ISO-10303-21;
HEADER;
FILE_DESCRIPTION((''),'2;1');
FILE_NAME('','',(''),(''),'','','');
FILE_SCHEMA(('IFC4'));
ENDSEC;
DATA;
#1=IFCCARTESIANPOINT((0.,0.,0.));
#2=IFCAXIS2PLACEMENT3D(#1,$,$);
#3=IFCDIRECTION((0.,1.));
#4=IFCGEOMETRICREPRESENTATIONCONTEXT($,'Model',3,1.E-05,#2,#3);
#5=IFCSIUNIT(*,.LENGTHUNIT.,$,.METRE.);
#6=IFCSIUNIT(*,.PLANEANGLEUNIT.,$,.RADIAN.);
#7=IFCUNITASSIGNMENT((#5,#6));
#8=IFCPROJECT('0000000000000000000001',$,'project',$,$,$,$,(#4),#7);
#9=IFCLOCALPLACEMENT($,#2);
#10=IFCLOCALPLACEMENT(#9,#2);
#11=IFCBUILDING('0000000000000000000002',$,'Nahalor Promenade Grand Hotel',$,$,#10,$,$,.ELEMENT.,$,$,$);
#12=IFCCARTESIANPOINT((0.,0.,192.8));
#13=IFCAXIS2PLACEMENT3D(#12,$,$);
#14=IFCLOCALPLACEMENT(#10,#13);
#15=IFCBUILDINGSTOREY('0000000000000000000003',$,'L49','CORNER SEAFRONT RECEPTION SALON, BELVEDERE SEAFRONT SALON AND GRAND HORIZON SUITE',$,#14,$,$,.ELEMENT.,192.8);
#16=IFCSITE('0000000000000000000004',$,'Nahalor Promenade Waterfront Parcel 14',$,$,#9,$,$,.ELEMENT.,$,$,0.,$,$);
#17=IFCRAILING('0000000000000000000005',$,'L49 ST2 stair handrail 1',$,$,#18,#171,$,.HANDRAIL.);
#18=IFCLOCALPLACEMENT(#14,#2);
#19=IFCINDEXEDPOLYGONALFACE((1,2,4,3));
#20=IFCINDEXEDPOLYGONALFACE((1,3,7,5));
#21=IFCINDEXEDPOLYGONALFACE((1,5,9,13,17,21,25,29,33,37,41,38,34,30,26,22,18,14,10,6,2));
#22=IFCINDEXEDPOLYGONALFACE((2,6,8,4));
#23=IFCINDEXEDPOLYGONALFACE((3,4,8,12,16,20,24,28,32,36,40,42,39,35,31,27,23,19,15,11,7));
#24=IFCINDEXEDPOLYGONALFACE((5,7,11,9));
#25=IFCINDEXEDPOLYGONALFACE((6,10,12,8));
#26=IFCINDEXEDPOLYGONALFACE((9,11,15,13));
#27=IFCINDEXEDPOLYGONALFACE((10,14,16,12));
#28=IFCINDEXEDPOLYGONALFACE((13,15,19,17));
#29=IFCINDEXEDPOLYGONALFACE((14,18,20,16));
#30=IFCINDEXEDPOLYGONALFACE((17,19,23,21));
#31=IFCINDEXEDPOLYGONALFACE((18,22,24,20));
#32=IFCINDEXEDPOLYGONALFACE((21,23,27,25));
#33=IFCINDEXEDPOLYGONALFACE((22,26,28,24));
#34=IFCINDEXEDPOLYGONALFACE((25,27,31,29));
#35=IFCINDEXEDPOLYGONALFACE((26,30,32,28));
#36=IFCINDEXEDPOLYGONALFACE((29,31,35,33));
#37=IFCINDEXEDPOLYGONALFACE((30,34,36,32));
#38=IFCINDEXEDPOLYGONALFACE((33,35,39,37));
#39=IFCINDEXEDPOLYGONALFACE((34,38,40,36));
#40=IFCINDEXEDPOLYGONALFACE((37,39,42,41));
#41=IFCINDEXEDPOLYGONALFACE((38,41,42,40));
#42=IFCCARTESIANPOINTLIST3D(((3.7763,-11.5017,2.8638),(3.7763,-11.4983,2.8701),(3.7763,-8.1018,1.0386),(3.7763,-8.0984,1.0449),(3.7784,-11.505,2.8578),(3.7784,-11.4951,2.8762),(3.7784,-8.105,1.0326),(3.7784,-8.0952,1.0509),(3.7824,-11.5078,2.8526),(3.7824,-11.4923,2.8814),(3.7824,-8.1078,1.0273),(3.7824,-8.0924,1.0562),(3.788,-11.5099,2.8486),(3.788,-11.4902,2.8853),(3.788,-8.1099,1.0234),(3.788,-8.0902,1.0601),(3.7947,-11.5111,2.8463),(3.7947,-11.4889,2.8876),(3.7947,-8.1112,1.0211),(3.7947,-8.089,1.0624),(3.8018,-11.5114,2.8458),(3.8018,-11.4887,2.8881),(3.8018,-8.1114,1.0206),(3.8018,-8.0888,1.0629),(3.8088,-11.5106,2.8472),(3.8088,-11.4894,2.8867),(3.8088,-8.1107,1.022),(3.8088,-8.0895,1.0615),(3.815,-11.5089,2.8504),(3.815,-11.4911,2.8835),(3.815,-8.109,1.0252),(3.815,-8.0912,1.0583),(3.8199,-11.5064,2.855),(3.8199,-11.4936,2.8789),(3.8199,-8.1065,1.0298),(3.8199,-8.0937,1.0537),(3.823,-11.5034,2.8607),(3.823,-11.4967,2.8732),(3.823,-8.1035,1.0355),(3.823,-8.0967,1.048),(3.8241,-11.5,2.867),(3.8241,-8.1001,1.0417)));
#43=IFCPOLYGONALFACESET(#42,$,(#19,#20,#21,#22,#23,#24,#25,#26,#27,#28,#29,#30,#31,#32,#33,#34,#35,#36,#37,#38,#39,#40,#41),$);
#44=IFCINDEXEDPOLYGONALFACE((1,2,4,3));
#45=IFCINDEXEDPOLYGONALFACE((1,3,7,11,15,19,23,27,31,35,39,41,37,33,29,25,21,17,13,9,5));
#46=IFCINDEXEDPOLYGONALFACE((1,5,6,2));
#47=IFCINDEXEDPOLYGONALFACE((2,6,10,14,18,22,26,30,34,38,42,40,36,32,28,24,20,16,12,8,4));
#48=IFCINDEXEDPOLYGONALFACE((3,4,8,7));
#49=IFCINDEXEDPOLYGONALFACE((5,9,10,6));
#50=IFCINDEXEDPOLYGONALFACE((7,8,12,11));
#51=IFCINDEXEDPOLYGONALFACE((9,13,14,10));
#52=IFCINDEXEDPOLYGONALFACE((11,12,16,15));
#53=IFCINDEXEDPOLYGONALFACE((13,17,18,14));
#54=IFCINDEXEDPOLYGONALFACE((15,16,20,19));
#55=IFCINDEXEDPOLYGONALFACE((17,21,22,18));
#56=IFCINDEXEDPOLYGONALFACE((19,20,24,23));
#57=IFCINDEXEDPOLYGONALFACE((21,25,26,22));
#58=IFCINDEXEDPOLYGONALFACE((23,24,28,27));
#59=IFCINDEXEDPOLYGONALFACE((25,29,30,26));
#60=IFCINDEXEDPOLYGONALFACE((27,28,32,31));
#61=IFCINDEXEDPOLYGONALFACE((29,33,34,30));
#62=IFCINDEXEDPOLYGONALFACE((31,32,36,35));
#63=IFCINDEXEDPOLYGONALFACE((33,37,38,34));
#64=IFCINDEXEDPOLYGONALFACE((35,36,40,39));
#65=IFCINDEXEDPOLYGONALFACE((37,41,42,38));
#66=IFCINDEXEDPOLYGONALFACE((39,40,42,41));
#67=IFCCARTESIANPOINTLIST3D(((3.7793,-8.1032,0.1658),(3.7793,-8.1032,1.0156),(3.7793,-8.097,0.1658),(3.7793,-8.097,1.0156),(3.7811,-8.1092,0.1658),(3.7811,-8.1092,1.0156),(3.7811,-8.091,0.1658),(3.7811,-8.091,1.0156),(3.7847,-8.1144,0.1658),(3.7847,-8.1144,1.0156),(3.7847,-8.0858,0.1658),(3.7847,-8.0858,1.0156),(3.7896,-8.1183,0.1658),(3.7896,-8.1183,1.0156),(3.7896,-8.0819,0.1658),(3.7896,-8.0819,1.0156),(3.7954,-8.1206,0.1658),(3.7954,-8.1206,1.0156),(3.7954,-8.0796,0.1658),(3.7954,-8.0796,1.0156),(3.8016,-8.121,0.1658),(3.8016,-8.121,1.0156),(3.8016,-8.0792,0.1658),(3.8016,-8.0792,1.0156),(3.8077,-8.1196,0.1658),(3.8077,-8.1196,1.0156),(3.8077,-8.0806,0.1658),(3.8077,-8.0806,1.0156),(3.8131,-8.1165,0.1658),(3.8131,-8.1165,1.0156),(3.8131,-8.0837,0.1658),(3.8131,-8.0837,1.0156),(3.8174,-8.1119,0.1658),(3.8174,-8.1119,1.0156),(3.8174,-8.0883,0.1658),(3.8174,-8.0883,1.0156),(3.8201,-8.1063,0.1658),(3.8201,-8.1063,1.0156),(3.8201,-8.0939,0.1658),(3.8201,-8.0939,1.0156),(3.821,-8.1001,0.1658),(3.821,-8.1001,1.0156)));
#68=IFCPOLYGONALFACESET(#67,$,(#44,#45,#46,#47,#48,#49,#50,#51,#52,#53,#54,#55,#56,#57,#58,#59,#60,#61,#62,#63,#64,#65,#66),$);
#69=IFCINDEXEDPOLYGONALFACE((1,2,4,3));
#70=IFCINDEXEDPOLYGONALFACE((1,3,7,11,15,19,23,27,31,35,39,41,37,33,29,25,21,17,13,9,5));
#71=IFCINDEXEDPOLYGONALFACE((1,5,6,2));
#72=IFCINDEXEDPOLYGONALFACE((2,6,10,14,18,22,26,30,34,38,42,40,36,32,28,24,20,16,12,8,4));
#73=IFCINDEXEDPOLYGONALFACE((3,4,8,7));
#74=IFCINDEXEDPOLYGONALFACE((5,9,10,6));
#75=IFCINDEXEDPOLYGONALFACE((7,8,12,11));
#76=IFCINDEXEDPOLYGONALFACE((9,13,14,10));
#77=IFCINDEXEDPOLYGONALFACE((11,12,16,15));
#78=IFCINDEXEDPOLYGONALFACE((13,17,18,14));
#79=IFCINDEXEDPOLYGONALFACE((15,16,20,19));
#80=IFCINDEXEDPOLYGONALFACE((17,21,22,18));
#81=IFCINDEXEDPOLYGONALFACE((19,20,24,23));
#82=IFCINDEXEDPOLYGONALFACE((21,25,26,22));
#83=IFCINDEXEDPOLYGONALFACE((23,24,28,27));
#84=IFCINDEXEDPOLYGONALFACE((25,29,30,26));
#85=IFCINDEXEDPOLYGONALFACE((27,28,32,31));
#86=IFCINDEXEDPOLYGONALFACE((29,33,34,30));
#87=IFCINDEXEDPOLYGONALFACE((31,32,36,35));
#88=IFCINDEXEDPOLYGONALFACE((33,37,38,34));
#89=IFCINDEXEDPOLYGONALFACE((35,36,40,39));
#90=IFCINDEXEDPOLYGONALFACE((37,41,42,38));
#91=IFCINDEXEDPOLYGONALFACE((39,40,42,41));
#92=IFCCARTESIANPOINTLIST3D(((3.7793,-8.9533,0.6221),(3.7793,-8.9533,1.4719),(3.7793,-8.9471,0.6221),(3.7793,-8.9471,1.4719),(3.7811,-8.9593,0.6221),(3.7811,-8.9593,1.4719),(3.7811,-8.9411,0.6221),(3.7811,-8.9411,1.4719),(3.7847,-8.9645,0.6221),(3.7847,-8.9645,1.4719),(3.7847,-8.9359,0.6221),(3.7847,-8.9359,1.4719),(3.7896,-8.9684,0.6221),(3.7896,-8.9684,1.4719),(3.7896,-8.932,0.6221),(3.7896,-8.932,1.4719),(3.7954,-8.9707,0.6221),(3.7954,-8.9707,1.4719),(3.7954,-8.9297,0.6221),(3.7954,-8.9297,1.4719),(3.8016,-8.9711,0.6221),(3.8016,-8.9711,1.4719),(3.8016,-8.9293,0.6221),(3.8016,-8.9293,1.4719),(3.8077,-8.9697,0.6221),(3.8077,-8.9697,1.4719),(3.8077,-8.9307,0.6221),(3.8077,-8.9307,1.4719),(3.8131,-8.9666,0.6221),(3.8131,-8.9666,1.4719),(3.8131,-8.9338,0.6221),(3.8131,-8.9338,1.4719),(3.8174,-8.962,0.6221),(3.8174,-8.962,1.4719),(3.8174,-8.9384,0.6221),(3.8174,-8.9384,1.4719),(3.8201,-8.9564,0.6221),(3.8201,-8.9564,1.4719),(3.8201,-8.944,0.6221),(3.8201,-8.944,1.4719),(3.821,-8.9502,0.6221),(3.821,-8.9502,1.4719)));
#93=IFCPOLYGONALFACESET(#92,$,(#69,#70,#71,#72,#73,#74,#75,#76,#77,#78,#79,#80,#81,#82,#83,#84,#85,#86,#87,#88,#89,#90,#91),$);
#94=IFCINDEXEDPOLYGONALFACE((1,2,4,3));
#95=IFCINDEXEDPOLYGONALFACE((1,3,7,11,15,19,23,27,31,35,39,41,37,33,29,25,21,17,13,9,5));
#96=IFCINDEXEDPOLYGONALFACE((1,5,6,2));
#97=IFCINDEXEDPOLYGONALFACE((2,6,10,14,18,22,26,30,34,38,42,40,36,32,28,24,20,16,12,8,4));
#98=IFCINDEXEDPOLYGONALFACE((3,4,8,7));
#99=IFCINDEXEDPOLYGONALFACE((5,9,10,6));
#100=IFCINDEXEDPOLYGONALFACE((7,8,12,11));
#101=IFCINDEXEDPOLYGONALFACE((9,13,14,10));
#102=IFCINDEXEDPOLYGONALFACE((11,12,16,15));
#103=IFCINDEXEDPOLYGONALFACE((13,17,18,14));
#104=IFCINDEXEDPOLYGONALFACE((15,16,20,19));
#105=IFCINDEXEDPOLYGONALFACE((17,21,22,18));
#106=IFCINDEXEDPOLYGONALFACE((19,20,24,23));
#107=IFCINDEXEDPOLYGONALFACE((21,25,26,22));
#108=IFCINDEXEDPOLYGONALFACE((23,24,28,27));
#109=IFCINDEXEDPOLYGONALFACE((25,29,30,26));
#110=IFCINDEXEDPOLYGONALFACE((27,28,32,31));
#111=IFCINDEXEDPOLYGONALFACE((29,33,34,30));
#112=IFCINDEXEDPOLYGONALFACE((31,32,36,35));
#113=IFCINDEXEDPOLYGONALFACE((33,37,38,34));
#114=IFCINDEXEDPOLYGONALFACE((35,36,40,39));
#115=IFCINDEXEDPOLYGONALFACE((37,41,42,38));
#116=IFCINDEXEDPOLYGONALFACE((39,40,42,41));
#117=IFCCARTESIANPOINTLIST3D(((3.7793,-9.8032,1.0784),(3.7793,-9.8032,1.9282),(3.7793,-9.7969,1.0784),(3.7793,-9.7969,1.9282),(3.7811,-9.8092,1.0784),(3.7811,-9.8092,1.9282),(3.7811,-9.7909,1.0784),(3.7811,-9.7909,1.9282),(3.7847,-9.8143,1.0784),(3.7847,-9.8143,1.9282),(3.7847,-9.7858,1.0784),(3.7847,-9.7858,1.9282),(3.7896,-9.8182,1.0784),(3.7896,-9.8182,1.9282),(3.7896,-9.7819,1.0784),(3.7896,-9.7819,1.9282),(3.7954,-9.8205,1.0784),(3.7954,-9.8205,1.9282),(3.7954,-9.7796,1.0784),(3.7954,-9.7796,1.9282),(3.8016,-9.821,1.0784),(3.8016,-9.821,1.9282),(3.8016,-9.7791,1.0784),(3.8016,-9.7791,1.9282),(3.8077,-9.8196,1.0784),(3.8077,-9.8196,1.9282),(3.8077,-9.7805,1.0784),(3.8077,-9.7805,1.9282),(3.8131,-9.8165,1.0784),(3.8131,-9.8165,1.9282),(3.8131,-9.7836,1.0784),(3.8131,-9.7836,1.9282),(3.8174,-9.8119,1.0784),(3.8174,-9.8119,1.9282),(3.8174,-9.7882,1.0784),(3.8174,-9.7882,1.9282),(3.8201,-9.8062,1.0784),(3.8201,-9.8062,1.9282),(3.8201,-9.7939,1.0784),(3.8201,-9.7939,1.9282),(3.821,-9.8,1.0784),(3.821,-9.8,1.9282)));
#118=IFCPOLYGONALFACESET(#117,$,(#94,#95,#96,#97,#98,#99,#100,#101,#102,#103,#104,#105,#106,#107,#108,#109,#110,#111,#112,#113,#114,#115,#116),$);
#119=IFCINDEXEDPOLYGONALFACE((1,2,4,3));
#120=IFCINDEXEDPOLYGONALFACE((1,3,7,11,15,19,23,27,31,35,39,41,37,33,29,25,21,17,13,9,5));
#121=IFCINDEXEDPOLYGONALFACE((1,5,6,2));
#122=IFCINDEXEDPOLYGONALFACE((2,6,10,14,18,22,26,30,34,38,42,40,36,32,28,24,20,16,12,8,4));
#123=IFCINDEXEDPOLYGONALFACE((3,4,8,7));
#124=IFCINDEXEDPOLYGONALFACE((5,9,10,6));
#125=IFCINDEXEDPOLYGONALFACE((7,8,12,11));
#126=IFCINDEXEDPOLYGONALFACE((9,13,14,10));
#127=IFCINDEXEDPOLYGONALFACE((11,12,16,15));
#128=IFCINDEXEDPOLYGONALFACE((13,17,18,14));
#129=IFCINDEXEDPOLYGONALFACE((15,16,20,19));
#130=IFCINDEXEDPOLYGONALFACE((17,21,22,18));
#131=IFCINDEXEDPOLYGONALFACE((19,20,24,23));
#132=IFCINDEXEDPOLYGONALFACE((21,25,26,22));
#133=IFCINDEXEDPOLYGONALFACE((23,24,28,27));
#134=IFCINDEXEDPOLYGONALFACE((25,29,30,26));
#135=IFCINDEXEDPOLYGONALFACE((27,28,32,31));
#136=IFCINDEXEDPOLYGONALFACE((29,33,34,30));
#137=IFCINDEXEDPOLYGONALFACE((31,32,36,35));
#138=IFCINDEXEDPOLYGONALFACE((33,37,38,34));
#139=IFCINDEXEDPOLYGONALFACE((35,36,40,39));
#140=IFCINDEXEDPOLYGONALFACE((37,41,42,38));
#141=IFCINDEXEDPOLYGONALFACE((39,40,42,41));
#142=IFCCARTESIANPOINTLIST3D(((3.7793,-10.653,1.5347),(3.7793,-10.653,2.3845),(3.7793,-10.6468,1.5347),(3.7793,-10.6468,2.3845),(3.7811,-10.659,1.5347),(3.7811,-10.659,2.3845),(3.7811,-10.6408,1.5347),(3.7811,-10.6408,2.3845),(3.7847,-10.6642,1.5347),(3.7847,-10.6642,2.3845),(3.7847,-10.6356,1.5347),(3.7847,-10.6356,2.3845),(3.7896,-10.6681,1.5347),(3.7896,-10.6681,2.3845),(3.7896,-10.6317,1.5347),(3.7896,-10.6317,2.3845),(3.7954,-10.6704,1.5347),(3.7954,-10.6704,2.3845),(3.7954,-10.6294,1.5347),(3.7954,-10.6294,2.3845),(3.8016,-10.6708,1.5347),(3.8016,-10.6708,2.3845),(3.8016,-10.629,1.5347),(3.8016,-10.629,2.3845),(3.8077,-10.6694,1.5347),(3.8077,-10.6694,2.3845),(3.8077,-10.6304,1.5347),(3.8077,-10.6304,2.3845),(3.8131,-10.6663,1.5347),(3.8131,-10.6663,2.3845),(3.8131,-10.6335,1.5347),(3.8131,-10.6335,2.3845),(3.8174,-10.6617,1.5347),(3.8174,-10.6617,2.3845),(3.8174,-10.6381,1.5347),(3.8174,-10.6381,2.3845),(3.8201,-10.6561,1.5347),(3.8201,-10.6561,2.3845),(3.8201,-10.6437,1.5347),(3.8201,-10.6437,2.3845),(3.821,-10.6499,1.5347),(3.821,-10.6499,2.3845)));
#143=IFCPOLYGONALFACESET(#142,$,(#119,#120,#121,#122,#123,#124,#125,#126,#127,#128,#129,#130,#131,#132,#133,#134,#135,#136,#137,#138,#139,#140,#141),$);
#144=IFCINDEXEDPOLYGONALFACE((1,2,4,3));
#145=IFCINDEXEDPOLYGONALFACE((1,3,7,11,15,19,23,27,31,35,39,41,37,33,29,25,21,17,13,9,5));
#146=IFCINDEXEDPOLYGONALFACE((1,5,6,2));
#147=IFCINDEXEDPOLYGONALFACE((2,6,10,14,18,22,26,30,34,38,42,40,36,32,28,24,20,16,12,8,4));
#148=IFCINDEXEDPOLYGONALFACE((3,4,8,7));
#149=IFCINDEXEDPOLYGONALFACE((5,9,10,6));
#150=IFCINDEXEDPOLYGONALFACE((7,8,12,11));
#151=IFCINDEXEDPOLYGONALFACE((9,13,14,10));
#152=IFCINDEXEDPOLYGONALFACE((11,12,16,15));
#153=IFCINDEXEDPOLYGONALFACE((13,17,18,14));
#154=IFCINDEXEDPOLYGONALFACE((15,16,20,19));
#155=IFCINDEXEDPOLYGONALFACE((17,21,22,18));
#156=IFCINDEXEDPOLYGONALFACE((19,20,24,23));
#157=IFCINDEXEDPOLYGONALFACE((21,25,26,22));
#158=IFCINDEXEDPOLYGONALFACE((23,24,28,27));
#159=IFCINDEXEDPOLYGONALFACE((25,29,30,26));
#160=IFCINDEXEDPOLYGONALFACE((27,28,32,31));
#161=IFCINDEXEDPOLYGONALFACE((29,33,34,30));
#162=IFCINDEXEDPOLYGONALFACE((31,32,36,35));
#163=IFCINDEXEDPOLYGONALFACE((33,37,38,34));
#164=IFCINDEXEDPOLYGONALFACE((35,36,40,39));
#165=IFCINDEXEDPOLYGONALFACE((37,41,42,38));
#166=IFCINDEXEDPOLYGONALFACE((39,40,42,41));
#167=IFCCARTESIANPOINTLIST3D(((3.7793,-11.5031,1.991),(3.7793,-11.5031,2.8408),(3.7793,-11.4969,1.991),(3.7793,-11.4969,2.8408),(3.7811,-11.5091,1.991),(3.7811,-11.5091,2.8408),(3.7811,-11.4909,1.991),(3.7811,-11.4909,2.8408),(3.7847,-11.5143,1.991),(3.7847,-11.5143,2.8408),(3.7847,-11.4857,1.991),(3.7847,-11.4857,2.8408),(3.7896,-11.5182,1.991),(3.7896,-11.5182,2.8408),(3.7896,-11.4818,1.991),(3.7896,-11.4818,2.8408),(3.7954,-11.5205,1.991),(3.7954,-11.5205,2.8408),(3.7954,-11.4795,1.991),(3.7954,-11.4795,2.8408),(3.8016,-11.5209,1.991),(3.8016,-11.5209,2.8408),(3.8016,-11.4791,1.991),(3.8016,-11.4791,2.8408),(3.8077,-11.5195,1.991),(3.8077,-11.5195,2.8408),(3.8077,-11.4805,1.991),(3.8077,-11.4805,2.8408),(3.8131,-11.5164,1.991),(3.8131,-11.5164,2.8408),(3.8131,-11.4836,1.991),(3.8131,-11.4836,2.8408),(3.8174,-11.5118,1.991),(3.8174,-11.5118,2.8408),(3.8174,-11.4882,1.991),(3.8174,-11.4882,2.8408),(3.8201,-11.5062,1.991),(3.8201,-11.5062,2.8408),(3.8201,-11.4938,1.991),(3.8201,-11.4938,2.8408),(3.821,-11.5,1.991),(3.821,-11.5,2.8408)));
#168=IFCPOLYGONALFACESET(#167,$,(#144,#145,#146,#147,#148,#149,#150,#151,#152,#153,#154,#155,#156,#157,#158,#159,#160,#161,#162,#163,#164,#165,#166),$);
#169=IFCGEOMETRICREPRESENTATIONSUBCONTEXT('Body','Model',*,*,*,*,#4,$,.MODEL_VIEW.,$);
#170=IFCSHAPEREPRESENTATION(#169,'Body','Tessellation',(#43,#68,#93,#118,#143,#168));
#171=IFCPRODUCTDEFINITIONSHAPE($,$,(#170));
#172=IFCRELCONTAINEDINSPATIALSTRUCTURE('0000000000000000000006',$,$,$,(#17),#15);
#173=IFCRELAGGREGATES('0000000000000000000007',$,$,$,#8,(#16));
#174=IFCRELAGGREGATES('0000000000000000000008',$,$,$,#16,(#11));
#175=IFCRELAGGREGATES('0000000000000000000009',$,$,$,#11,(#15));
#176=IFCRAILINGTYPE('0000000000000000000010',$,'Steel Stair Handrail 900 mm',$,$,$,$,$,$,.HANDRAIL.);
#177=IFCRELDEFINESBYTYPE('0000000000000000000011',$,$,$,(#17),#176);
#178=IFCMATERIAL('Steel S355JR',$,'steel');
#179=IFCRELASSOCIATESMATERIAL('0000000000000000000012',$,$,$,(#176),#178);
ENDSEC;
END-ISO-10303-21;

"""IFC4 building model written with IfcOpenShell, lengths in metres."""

from ifc_helpers import new_model, si_unit, direction, frame, origin, origin_2d, place, context, subcontext, project, spatial, circle, extrude, material, type_object, element, save


model = new_model("IFC4")

# Units and contexts
model_context = context("Model", 3, precision=1e-05, world=origin(), true_north=direction((0.0, 1.0)))
body_context = subcontext(model_context, "Body", "Model", "MODEL_VIEW")
ifc_project = project(units=[si_unit("LENGTHUNIT", "METRE"), si_unit("PLANEANGLEUNIT", "RADIAN")], contexts=[model_context])

# Site, building, storey
site_placement = place(None, origin())
site = spatial("IfcSite", under=ifc_project, at=site_placement, Name="Nahalor Promenade Waterfront Parcel 14", CompositionType="ELEMENT", RefElevation=0.0)
building_placement = place(site_placement, origin())
building = spatial("IfcBuilding", under=site, at=building_placement, Name="Nahalor Promenade Grand Hotel", CompositionType="ELEMENT")
storey_placement = place(building_placement, frame((0.0, 0.0, 192.8)))
storey = spatial("IfcBuildingStorey", under=building, at=storey_placement, Name="L49", Description="CORNER SEAFRONT RECEPTION SALON, BELVEDERE SEAFRONT SALON AND GRAND HORIZON SUITE", CompositionType="ELEMENT", Elevation=192.8)

# Shared definitions
ifc_material_1 = material(Name="Steel S355JR", Category="steel")

# Railing
railing_type_1 = type_object("IfcRailingType", Name="Steel Stair Handrail 900 mm", PredefinedType="HANDRAIL", material=ifc_material_1)
railing_1_placement = place(storey_placement, frame((3.8, -8.1001, 0.1658)))
element("IfcRailing", 1, at=railing_1_placement, inside=storey, type_object=railing_type_1, Name="L49 ST2 stair handrail 1", PredefinedType="HANDRAIL", context=body_context, shape_type="SweptSolid", body=[
    extrude(circle(Radius=0.024, at=origin_2d()), frame((0.0, 0.0, 0.876), z_axis=(0.0, -0.881068, 0.47299), x_axis=(1.0, 0.0, 0.0)), (0.0, 0.0, 1.0), 3.8589),
    extrude(circle(Radius=0.021, at=origin_2d()), origin(), (0.0, 0.0, 1.0), 0.8499),
    extrude(circle(Radius=0.021, at=origin_2d()), frame((0.0, -0.8501, 0.4563)), (0.0, 0.0, 1.0), 0.8499),
    extrude(circle(Radius=0.021, at=origin_2d()), frame((0.0, -1.7, 0.9126)), (0.0, 0.0, 1.0), 0.8499),
    extrude(circle(Radius=0.021, at=origin_2d()), frame((0.0, -2.5498, 1.3689)), (0.0, 0.0, 1.0), 0.8499),
    extrude(circle(Radius=0.021, at=origin_2d()), frame((0.0, -3.3999, 1.8252)), (0.0, 0.0, 1.0), 0.8499),
])

save(model, "model.ifc")
